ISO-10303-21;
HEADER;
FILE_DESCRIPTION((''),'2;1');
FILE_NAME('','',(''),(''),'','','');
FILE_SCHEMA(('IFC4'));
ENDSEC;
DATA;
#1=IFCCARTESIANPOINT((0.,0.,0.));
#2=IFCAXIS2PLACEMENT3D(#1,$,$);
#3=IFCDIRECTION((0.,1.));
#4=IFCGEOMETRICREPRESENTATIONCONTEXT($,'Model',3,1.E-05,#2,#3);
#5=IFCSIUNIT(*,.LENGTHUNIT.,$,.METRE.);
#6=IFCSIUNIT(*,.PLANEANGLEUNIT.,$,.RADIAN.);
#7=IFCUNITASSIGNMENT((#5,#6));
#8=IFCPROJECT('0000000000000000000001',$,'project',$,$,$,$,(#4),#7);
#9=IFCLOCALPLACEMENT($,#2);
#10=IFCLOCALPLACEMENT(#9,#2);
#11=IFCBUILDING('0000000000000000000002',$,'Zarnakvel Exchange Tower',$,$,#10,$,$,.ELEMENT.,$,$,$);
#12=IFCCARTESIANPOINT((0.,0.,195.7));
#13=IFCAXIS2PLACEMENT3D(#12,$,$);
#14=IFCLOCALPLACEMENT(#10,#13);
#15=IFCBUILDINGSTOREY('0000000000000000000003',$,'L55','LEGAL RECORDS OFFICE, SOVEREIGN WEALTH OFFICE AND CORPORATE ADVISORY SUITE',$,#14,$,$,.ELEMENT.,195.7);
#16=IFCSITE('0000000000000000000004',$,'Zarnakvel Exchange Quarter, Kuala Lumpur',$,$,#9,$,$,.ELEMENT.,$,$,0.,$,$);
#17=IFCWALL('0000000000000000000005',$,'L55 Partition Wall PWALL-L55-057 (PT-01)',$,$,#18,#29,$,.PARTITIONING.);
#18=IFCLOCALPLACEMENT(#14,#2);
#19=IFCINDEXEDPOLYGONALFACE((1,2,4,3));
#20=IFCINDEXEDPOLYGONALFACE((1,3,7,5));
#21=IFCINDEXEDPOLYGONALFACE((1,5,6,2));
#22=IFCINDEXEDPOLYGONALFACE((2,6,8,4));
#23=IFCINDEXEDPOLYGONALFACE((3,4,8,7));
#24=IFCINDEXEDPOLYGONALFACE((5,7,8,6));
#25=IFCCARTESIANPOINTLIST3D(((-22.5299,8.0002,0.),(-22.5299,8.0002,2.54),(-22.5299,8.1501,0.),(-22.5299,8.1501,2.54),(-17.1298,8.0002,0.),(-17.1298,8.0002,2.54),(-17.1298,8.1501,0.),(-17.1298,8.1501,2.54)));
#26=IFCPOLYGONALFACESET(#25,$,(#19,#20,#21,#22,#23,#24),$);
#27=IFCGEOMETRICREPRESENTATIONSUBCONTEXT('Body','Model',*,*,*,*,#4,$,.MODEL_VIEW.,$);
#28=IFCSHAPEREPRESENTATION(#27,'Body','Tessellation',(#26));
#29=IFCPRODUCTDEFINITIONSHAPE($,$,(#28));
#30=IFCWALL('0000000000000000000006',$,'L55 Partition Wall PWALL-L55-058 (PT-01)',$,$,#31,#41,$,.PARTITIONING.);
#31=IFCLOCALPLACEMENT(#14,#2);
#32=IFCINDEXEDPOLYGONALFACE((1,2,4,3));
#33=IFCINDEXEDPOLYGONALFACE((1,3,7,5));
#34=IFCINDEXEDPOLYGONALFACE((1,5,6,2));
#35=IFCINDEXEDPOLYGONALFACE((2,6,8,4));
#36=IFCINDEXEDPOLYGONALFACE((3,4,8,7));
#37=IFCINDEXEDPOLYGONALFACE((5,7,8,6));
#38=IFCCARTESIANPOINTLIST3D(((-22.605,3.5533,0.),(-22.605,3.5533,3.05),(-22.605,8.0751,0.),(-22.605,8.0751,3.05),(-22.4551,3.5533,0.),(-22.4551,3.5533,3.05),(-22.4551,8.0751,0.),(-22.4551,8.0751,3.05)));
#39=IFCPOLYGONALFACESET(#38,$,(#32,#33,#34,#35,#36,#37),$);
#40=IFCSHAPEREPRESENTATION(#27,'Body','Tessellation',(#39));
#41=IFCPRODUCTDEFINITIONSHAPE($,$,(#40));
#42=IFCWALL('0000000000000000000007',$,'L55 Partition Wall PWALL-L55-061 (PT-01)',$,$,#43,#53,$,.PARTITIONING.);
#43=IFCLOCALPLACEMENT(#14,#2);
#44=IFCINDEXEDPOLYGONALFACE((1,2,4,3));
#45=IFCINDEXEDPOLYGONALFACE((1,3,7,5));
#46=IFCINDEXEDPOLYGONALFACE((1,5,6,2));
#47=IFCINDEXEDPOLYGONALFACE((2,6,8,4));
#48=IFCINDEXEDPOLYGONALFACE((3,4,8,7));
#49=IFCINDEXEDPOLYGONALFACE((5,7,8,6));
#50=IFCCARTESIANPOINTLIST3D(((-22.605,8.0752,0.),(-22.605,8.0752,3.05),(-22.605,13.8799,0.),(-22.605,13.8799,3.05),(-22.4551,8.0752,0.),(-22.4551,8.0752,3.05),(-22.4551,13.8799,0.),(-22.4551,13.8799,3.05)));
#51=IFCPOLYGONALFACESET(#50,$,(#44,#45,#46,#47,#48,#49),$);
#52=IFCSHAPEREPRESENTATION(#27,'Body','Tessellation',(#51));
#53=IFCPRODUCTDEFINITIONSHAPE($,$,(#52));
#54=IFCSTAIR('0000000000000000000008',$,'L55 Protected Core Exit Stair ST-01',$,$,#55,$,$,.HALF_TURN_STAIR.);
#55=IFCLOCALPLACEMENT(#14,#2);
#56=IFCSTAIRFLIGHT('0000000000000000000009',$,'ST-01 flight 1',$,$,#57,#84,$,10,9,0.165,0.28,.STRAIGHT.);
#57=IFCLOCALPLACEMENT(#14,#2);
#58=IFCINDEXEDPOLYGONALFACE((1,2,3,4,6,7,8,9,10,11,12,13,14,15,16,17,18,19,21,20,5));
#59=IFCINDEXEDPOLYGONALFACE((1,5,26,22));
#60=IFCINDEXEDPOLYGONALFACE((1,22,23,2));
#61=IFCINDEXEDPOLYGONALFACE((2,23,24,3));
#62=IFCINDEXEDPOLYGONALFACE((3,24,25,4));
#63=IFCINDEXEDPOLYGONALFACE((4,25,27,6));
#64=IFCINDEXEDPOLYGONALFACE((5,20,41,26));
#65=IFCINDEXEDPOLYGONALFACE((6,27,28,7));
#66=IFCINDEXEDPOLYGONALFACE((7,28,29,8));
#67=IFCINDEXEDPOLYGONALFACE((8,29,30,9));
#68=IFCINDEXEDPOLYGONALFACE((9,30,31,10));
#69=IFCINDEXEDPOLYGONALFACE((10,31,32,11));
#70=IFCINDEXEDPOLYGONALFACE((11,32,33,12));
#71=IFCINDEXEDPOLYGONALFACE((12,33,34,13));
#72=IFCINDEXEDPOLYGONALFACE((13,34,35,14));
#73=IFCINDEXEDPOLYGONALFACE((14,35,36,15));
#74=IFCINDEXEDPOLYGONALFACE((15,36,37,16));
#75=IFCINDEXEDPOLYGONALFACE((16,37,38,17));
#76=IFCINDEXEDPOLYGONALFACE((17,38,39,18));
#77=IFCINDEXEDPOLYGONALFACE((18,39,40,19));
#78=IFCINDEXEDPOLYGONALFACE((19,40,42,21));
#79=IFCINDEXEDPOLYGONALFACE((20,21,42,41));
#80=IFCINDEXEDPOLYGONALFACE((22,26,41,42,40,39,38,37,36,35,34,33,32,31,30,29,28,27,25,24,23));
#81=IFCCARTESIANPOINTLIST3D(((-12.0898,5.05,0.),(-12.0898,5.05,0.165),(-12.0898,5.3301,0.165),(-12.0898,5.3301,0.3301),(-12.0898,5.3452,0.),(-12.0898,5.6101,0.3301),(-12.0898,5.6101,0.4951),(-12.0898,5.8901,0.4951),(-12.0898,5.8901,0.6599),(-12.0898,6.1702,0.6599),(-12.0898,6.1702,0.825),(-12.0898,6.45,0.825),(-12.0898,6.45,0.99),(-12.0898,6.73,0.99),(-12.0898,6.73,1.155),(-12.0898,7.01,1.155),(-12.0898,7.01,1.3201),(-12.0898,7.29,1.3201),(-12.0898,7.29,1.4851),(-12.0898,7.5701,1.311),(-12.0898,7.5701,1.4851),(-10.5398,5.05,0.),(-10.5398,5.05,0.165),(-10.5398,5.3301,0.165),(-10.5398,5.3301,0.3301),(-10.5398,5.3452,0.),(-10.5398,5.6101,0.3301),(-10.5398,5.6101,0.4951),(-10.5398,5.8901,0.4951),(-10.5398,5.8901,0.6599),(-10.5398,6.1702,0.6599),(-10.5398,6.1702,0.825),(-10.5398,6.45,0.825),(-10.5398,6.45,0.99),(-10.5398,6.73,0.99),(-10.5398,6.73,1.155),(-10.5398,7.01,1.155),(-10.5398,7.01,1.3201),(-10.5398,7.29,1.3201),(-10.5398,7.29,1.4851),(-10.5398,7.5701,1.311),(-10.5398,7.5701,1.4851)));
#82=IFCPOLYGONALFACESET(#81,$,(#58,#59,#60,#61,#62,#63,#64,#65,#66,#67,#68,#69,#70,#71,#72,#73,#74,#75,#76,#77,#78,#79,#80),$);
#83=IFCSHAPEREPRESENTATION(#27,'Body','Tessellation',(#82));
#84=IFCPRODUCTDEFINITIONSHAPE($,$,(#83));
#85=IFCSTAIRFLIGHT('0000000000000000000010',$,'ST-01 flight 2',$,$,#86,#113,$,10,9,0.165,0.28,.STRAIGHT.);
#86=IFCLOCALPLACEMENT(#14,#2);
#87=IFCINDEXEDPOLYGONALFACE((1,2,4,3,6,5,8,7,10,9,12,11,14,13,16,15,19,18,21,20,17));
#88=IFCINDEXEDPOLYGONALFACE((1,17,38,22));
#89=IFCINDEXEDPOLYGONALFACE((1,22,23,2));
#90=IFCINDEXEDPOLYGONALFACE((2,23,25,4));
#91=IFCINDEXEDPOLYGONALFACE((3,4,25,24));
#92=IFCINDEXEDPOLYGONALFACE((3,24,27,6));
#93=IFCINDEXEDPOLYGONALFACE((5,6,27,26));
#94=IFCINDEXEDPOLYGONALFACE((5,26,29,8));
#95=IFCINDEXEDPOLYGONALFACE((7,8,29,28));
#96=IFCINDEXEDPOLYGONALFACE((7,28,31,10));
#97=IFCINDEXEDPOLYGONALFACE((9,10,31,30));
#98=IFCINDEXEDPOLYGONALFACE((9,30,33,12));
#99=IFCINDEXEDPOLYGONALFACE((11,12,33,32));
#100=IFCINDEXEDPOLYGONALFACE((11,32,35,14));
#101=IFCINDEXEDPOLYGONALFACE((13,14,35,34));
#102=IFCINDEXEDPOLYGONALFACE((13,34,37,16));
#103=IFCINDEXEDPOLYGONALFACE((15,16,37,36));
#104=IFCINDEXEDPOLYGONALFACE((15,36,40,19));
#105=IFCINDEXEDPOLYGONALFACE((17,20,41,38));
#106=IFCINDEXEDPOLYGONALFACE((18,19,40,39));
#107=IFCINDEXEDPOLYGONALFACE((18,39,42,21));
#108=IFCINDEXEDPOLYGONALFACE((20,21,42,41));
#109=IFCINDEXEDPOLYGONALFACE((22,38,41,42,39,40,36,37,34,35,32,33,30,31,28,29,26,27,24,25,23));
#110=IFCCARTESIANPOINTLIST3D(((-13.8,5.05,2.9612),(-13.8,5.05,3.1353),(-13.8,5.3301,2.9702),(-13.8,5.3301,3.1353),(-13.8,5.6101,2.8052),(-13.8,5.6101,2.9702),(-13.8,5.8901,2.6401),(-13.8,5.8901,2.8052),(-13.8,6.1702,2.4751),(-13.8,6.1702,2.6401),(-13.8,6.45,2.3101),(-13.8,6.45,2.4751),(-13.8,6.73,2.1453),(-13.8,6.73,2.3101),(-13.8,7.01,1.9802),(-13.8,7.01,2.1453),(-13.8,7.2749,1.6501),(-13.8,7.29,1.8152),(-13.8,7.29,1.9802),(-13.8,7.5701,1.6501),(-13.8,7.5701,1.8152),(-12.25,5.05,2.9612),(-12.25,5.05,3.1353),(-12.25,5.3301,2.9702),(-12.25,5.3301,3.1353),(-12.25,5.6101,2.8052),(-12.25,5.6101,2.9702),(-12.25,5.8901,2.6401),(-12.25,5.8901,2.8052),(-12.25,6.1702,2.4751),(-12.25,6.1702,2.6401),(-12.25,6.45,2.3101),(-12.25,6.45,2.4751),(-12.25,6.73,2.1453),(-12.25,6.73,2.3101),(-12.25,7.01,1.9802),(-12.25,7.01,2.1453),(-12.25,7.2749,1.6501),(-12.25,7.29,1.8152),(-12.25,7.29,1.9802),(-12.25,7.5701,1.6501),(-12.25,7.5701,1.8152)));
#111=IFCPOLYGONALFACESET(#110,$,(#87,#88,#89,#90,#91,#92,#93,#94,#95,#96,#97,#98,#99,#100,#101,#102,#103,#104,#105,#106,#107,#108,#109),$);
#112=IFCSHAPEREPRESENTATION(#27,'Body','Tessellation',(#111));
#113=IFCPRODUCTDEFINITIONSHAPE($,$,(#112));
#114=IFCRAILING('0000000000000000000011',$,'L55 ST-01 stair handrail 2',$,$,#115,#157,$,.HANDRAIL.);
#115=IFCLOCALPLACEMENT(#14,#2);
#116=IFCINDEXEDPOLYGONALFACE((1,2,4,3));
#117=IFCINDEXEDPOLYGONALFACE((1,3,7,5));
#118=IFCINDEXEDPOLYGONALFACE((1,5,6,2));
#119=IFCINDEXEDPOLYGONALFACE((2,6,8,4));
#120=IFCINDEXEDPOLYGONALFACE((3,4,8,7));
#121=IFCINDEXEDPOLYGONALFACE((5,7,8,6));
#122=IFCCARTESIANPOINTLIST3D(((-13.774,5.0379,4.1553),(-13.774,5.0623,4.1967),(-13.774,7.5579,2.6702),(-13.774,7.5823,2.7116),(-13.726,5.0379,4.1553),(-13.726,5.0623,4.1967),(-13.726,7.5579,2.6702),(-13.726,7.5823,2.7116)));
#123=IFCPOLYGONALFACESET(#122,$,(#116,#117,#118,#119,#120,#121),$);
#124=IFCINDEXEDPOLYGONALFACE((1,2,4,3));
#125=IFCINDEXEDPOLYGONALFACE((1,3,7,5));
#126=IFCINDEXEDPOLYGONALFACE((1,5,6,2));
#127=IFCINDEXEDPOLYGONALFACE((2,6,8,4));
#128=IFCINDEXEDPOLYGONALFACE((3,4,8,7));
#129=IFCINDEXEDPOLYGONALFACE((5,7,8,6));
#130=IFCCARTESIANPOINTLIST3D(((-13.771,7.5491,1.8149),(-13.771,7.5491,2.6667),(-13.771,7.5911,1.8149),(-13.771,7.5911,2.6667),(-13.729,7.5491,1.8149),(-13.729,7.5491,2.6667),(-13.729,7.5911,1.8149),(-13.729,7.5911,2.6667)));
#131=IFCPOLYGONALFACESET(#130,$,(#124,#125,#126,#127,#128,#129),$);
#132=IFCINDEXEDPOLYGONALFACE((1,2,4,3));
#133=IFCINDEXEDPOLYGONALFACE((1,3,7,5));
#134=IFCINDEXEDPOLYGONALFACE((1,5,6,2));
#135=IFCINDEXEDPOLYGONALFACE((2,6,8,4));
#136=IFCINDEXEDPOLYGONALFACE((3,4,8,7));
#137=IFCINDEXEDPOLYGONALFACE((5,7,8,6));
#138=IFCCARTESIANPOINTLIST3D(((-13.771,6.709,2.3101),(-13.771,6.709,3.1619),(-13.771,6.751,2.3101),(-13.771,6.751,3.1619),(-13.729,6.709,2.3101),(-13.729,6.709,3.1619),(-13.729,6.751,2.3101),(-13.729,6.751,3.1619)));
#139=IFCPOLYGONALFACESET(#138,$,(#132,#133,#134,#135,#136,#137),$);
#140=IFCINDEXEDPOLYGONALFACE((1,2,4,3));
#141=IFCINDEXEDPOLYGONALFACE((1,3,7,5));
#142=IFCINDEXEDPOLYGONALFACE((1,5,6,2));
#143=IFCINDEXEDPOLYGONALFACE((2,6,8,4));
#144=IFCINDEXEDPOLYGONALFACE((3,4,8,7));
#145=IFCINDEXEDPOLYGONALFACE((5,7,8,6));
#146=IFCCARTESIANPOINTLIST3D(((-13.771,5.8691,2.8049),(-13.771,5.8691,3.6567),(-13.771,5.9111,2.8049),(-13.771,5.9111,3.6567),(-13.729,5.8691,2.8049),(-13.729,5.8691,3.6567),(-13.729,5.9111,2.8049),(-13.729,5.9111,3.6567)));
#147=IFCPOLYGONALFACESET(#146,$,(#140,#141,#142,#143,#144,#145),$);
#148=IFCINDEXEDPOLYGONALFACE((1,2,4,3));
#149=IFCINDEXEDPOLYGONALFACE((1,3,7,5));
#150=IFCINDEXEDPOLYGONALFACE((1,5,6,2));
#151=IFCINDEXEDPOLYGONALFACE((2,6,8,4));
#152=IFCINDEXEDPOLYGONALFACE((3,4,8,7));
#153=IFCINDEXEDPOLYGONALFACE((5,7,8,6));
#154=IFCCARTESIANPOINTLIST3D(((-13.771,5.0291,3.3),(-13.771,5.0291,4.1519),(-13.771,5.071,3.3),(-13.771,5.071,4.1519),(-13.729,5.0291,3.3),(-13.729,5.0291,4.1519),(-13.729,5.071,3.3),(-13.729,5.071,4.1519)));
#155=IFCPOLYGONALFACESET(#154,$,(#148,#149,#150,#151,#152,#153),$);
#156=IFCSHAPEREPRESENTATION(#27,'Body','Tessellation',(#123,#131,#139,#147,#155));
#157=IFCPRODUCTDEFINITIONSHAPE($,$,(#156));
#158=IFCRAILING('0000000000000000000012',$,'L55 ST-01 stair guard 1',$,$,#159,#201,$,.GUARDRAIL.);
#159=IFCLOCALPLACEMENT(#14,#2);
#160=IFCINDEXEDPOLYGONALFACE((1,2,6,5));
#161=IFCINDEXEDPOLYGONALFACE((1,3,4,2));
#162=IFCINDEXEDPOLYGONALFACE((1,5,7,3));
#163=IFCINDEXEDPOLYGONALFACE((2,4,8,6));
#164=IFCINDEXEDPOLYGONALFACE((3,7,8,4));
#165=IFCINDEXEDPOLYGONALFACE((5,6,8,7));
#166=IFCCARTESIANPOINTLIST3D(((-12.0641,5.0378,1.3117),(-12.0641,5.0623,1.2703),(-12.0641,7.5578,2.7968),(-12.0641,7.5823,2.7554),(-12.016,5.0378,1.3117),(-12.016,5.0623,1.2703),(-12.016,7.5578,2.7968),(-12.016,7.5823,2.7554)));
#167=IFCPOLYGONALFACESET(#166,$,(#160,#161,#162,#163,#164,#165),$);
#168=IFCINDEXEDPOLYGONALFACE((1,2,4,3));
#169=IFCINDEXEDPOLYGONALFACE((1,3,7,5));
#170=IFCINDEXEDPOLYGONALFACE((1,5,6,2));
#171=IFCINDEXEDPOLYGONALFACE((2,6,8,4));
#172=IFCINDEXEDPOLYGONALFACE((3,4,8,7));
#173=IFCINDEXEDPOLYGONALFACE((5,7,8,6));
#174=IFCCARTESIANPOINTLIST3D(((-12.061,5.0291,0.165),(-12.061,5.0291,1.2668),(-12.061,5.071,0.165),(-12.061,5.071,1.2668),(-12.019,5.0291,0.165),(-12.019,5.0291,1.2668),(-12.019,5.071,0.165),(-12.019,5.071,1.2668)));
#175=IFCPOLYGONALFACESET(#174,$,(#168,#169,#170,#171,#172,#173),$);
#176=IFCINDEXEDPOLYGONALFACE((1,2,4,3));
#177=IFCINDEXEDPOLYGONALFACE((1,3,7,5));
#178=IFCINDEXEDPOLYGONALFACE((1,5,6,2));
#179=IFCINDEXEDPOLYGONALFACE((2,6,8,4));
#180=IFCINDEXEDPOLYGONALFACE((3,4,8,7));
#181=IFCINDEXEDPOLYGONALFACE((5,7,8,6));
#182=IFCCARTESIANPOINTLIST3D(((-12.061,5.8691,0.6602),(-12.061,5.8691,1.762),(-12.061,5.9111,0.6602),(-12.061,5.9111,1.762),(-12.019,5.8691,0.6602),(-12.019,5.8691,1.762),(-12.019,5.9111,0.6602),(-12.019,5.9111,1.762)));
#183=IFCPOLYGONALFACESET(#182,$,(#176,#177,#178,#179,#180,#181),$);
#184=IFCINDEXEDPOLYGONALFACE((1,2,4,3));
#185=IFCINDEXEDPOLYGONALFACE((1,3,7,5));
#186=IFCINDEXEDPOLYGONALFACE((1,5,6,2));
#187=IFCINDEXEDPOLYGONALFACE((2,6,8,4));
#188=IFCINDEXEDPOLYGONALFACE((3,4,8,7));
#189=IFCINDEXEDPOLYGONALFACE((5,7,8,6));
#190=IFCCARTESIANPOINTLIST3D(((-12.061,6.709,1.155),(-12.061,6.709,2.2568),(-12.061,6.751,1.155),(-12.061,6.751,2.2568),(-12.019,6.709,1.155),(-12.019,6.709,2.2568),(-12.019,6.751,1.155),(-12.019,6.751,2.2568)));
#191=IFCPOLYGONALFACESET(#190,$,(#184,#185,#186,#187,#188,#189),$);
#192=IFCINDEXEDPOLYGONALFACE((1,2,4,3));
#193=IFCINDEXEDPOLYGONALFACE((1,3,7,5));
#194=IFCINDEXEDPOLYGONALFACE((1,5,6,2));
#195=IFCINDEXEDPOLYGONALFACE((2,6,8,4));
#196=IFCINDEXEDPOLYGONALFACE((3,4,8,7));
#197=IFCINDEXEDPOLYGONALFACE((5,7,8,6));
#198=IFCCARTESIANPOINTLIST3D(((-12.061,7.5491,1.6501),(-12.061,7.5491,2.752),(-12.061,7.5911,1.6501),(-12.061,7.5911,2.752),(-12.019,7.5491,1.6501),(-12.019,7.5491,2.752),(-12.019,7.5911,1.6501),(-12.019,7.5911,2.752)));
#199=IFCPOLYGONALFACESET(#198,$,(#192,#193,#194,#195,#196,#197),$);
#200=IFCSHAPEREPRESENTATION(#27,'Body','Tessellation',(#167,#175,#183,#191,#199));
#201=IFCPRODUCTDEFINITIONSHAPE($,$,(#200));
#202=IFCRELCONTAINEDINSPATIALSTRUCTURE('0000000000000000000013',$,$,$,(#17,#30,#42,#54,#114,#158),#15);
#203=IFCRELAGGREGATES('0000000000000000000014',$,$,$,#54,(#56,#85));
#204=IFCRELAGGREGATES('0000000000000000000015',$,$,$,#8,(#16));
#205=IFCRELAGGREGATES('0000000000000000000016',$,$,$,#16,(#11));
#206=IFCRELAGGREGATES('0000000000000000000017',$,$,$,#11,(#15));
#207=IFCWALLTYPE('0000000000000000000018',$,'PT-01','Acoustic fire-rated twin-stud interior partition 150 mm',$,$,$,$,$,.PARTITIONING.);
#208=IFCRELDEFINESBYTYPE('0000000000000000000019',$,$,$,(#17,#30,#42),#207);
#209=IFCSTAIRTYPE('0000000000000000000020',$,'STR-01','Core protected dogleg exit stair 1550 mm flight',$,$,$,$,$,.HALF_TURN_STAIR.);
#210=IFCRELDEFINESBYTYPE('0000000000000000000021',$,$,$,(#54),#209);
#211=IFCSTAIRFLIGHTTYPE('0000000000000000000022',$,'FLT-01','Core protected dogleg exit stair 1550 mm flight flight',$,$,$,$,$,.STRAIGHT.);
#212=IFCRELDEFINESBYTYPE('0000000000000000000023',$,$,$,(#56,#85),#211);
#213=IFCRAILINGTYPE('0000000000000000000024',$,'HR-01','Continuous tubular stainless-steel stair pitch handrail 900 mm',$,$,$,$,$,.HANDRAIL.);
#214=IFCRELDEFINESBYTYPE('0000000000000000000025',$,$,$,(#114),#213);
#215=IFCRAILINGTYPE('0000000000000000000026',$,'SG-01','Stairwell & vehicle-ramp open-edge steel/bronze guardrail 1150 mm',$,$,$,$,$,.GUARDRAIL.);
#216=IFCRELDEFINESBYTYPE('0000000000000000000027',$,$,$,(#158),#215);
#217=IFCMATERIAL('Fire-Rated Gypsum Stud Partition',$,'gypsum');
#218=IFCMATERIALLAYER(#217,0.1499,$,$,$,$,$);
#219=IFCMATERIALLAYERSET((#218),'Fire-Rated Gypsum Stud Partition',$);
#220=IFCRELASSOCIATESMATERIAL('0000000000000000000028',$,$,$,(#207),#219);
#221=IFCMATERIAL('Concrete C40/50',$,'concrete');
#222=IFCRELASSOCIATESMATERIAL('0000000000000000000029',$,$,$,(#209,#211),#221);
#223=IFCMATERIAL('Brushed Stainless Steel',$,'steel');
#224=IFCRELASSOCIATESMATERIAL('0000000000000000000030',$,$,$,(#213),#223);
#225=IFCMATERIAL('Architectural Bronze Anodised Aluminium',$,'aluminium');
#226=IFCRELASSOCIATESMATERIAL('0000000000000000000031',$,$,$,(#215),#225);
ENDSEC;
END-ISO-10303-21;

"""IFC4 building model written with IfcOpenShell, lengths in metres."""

from ifc_helpers import new_model, si_unit, direction, frame, frame_2d, origin, origin_2d, place, context, subcontext, project, spatial, polyline, rectangle, outline, extrude, material, layer, layer_set, type_object, element, aggregate, save


model = new_model("IFC4")

# Units and contexts
model_context = context("Model", 3, precision=1e-05, world=origin(), true_north=direction((0.0, 1.0)))
body_context = subcontext(model_context, "Body", "Model", "MODEL_VIEW")
ifc_project = project(units=[si_unit("LENGTHUNIT", "METRE"), si_unit("PLANEANGLEUNIT", "RADIAN")], contexts=[model_context])

# Site, building, storey
site_placement = place(None, origin())
site = spatial("IfcSite", under=ifc_project, at=site_placement, Name="Zarnakvel Exchange Quarter, Kuala Lumpur", CompositionType="ELEMENT", RefElevation=0.0)
building_placement = place(site_placement, origin())
building = spatial("IfcBuilding", under=site, at=building_placement, Name="Zarnakvel Exchange Tower", CompositionType="ELEMENT")
storey_placement = place(building_placement, frame((0.0, 0.0, 195.7)))
storey = spatial("IfcBuildingStorey", under=building, at=storey_placement, Name="L55", Description="LEGAL RECORDS OFFICE, SOVEREIGN WEALTH OFFICE AND CORPORATE ADVISORY SUITE", CompositionType="ELEMENT", Elevation=195.7)

# Shared definitions
ifc_material_1 = material(Name="Architectural Bronze Anodised Aluminium", Category="aluminium")

# Shared definitions
ifc_material_2 = material(Name="Fire-Rated Gypsum Stud Partition", Category="gypsum")
ifc_layer_1 = layer(ifc_material_2, 0.1499)
ifc_layer_set_1 = layer_set([ifc_layer_1], Name="Fire-Rated Gypsum Stud Partition")
wall_type_1 = type_object("IfcWallType", Name="PT-01", Description="Acoustic fire-rated twin-stud interior partition 150 mm", PredefinedType="PARTITIONING", material=ifc_layer_set_1)

# Walls
wall_1_placement = place(storey_placement, frame((-22.53, 8.0752, 0.0), z_axis=(0.0, 0.0, 1.0), x_axis=(1.0, 0.0, 0.0)))
element("IfcWall", 1, at=wall_1_placement, inside=storey, type_object=wall_type_1, Name="L55 Partition Wall PWALL-L55-057 (PT-01)", PredefinedType="PARTITIONING", context=body_context, shape_type="SweptSolid", body=[
    extrude(rectangle(XDim=5.4001, YDim=0.1499, at=frame_2d((2.7002, 0.0))), origin(), (0.0, 0.0, 1.0), 2.54),
])
wall_2_placement = place(storey_placement, frame((-22.53, 3.5535, 0.0), z_axis=(0.0, 0.0, 1.0), x_axis=(0.0, 1.0, 0.0)))
element("IfcWall", 2, at=wall_2_placement, inside=storey, type_object=wall_type_1, Name="L55 Partition Wall PWALL-L55-058 (PT-01)", PredefinedType="PARTITIONING", context=body_context, shape_type="SweptSolid", body=[
    extrude(rectangle(XDim=4.5217, YDim=0.1499, at=frame_2d((2.2607, 0.0))), origin(), (0.0, 0.0, 1.0), 3.05),
])

# Wall
wall_3_placement = place(storey_placement, frame((-22.53, 8.0752, 0.0), z_axis=(0.0, 0.0, 1.0), x_axis=(0.0, 1.0, 0.0)))
element("IfcWall", 3, at=wall_3_placement, inside=storey, type_object=wall_type_1, Name="L55 Partition Wall PWALL-L55-061 (PT-01)", PredefinedType="PARTITIONING", context=body_context, shape_type="SweptSolid", body=[
    extrude(rectangle(XDim=5.8047, YDim=0.1499, at=frame_2d((2.9023, 0.0))), origin(), (0.0, 0.0, 1.0), 3.05),
])

# Stair, stair flights
ifc_material_3 = material(Name="Concrete C40/50", Category="concrete")
stair_type = type_object("IfcStairType", Name="STR-01", Description="Core protected dogleg exit stair 1550 mm flight", PredefinedType="HALF_TURN_STAIR", material=ifc_material_3)
stair_placement = place(storey_placement, origin())
stair = element("IfcStair", 4, at=stair_placement, inside=storey, type_object=stair_type, Name="L55 Protected Core Exit Stair ST-01", PredefinedType="HALF_TURN_STAIR")
stair_flight_type = type_object("IfcStairFlightType", Name="FLT-01", Description="Core protected dogleg exit stair 1550 mm flight flight", PredefinedType="STRAIGHT", material=ifc_material_3)
stair_flight_1_placement = place(storey_placement, frame((-11.3149, 5.05, 0.0), z_axis=(0.0, 0.0, 1.0), x_axis=(0.0, 1.0, 0.0)))
stair_flight_1 = element("IfcStairFlight", 5, at=stair_flight_1_placement, type_object=stair_flight_type, Name="ST-01 flight 1", NumberOfRisers=10, NumberOfTreads=9, PredefinedType="STRAIGHT", RiserHeight=0.165, TreadLength=0.28, context=body_context, shape_type="SweptSolid", body=[
    extrude(outline(polyline([(0.0, 0.0), (0.0, 0.165), (0.28, 0.165), (0.28, 0.3301), (0.5601, 0.3301), (0.5601, 0.4951), (0.8401, 0.4951), (0.8401, 0.6599), (1.1201, 0.6599), (1.1201, 0.825), (1.3999, 0.825), (1.3999, 0.99), (1.6799, 0.99), (1.6799, 1.155), (1.96, 1.155), (1.96, 1.3201), (2.24, 1.3201), (2.24, 1.4851), (2.52, 1.4851), (2.52, 1.6499), (2.52, 1.311), (0.2952, 0.0), (0.0, 0.0)])), frame((0.0, 0.7749, 0.0), z_axis=(0.0, -1.0, 0.0), x_axis=(1.0, 0.0, 0.0)), (0.0, 0.0, 1.0), 1.55),
])
stair_flight_2_placement = place(storey_placement, frame((-13.0249, 7.5701, 1.6501), z_axis=(0.0, 0.0, 1.0), x_axis=(0.0, -1.0, 0.0)))
stair_flight_2 = element("IfcStairFlight", 6, at=stair_flight_2_placement, type_object=stair_flight_type, Name="ST-01 flight 2", NumberOfRisers=10, NumberOfTreads=9, PredefinedType="STRAIGHT", RiserHeight=0.165, TreadLength=0.28, context=body_context, shape_type="SweptSolid", body=[
    extrude(outline(polyline([(0.0, 0.0), (0.0, 0.165), (0.28, 0.165), (0.28, 0.3301), (0.5601, 0.3301), (0.5601, 0.4951), (0.8401, 0.4951), (0.8401, 0.6599), (1.1201, 0.6599), (1.1201, 0.825), (1.3999, 0.825), (1.3999, 0.99), (1.6799, 0.99), (1.6799, 1.155), (1.96, 1.155), (1.96, 1.3201), (2.24, 1.3201), (2.24, 1.4851), (2.52, 1.4851), (2.52, 1.6499), (2.52, 1.311), (0.2952, 0.0), (0.0, 0.0)])), frame((0.0, 0.7749, 0.0), z_axis=(0.0, -1.0, 0.0), x_axis=(1.0, 0.0, 0.0)), (0.0, 0.0, 1.0), 1.55),
])
aggregate(stair, [stair_flight_1, stair_flight_2])

# Railings
ifc_material_4 = material(Name="Brushed Stainless Steel", Category="steel")
railing_type_1 = type_object("IfcRailingType", Name="HR-01", Description="Continuous tubular stainless-steel stair pitch handrail 900 mm", PredefinedType="HANDRAIL", material=ifc_material_4)
railing_1_placement = place(storey_placement, frame((-13.75, 7.5701, 1.8149)))
element("IfcRailing", 7, at=railing_1_placement, inside=storey, type_object=railing_type_1, Name="L55 ST-01 stair handrail 2", PredefinedType="HANDRAIL", context=body_context, shape_type="SweptSolid", body=[
    extrude(rectangle(XDim=0.0481, YDim=0.0481, at=origin_2d()), frame((0.0, 0.0, 0.876), z_axis=(0.0, -0.861524, 0.507717), x_axis=(1.0, 0.0, 0.0)), (0.0, 0.0, 1.0), 2.925),
    extrude(rectangle(XDim=0.042, YDim=0.042, at=origin_2d()), origin(), (0.0, 0.0, 1.0), 0.8518),
    extrude(rectangle(XDim=0.042, YDim=0.042, at=origin_2d()), frame((0.0, -0.8401, 0.4951)), (0.0, 0.0, 1.0), 0.8518),
    extrude(rectangle(XDim=0.042, YDim=0.042, at=origin_2d()), frame((0.0, -1.6799, 0.99)), (0.0, 0.0, 1.0), 0.8518),
    extrude(rectangle(XDim=0.042, YDim=0.042, at=origin_2d()), frame((0.0, -2.52, 1.4851)), (0.0, 0.0, 1.0), 0.8518),
])
railing_type_2 = type_object("IfcRailingType", Name="SG-01", Description="Stairwell & vehicle-ramp open-edge steel/bronze guardrail 1150 mm", PredefinedType="GUARDRAIL", material=ifc_material_1)
railing_2_placement = place(storey_placement, frame((-12.04, 5.05, 0.165)))
element("IfcRailing", 8, at=railing_2_placement, inside=storey, type_object=railing_type_2, Name="L55 ST-01 stair guard 1", PredefinedType="GUARDRAIL", context=body_context, shape_type="SweptSolid", body=[
    extrude(rectangle(XDim=0.0481, YDim=0.0481, at=origin_2d()), frame((0.0, 0.0, 1.126), z_axis=(0.0, 0.861524, 0.507717), x_axis=(-1.0, 0.0, 0.0)), (0.0, 0.0, 1.0), 2.925),
    extrude(rectangle(XDim=0.042, YDim=0.042, at=origin_2d()), origin(), (0.0, 0.0, 1.0), 1.1018),
    extrude(rectangle(XDim=0.042, YDim=0.042, at=origin_2d()), frame((0.0, 0.8401, 0.4951)), (0.0, 0.0, 1.0), 1.1018),
    extrude(rectangle(XDim=0.042, YDim=0.042, at=origin_2d()), frame((0.0, 1.6799, 0.99)), (0.0, 0.0, 1.0), 1.1018),
    extrude(rectangle(XDim=0.042, YDim=0.042, at=origin_2d()), frame((0.0, 2.52, 1.4851)), (0.0, 0.0, 1.0), 1.1018),
])

save(model, "model.ifc")
